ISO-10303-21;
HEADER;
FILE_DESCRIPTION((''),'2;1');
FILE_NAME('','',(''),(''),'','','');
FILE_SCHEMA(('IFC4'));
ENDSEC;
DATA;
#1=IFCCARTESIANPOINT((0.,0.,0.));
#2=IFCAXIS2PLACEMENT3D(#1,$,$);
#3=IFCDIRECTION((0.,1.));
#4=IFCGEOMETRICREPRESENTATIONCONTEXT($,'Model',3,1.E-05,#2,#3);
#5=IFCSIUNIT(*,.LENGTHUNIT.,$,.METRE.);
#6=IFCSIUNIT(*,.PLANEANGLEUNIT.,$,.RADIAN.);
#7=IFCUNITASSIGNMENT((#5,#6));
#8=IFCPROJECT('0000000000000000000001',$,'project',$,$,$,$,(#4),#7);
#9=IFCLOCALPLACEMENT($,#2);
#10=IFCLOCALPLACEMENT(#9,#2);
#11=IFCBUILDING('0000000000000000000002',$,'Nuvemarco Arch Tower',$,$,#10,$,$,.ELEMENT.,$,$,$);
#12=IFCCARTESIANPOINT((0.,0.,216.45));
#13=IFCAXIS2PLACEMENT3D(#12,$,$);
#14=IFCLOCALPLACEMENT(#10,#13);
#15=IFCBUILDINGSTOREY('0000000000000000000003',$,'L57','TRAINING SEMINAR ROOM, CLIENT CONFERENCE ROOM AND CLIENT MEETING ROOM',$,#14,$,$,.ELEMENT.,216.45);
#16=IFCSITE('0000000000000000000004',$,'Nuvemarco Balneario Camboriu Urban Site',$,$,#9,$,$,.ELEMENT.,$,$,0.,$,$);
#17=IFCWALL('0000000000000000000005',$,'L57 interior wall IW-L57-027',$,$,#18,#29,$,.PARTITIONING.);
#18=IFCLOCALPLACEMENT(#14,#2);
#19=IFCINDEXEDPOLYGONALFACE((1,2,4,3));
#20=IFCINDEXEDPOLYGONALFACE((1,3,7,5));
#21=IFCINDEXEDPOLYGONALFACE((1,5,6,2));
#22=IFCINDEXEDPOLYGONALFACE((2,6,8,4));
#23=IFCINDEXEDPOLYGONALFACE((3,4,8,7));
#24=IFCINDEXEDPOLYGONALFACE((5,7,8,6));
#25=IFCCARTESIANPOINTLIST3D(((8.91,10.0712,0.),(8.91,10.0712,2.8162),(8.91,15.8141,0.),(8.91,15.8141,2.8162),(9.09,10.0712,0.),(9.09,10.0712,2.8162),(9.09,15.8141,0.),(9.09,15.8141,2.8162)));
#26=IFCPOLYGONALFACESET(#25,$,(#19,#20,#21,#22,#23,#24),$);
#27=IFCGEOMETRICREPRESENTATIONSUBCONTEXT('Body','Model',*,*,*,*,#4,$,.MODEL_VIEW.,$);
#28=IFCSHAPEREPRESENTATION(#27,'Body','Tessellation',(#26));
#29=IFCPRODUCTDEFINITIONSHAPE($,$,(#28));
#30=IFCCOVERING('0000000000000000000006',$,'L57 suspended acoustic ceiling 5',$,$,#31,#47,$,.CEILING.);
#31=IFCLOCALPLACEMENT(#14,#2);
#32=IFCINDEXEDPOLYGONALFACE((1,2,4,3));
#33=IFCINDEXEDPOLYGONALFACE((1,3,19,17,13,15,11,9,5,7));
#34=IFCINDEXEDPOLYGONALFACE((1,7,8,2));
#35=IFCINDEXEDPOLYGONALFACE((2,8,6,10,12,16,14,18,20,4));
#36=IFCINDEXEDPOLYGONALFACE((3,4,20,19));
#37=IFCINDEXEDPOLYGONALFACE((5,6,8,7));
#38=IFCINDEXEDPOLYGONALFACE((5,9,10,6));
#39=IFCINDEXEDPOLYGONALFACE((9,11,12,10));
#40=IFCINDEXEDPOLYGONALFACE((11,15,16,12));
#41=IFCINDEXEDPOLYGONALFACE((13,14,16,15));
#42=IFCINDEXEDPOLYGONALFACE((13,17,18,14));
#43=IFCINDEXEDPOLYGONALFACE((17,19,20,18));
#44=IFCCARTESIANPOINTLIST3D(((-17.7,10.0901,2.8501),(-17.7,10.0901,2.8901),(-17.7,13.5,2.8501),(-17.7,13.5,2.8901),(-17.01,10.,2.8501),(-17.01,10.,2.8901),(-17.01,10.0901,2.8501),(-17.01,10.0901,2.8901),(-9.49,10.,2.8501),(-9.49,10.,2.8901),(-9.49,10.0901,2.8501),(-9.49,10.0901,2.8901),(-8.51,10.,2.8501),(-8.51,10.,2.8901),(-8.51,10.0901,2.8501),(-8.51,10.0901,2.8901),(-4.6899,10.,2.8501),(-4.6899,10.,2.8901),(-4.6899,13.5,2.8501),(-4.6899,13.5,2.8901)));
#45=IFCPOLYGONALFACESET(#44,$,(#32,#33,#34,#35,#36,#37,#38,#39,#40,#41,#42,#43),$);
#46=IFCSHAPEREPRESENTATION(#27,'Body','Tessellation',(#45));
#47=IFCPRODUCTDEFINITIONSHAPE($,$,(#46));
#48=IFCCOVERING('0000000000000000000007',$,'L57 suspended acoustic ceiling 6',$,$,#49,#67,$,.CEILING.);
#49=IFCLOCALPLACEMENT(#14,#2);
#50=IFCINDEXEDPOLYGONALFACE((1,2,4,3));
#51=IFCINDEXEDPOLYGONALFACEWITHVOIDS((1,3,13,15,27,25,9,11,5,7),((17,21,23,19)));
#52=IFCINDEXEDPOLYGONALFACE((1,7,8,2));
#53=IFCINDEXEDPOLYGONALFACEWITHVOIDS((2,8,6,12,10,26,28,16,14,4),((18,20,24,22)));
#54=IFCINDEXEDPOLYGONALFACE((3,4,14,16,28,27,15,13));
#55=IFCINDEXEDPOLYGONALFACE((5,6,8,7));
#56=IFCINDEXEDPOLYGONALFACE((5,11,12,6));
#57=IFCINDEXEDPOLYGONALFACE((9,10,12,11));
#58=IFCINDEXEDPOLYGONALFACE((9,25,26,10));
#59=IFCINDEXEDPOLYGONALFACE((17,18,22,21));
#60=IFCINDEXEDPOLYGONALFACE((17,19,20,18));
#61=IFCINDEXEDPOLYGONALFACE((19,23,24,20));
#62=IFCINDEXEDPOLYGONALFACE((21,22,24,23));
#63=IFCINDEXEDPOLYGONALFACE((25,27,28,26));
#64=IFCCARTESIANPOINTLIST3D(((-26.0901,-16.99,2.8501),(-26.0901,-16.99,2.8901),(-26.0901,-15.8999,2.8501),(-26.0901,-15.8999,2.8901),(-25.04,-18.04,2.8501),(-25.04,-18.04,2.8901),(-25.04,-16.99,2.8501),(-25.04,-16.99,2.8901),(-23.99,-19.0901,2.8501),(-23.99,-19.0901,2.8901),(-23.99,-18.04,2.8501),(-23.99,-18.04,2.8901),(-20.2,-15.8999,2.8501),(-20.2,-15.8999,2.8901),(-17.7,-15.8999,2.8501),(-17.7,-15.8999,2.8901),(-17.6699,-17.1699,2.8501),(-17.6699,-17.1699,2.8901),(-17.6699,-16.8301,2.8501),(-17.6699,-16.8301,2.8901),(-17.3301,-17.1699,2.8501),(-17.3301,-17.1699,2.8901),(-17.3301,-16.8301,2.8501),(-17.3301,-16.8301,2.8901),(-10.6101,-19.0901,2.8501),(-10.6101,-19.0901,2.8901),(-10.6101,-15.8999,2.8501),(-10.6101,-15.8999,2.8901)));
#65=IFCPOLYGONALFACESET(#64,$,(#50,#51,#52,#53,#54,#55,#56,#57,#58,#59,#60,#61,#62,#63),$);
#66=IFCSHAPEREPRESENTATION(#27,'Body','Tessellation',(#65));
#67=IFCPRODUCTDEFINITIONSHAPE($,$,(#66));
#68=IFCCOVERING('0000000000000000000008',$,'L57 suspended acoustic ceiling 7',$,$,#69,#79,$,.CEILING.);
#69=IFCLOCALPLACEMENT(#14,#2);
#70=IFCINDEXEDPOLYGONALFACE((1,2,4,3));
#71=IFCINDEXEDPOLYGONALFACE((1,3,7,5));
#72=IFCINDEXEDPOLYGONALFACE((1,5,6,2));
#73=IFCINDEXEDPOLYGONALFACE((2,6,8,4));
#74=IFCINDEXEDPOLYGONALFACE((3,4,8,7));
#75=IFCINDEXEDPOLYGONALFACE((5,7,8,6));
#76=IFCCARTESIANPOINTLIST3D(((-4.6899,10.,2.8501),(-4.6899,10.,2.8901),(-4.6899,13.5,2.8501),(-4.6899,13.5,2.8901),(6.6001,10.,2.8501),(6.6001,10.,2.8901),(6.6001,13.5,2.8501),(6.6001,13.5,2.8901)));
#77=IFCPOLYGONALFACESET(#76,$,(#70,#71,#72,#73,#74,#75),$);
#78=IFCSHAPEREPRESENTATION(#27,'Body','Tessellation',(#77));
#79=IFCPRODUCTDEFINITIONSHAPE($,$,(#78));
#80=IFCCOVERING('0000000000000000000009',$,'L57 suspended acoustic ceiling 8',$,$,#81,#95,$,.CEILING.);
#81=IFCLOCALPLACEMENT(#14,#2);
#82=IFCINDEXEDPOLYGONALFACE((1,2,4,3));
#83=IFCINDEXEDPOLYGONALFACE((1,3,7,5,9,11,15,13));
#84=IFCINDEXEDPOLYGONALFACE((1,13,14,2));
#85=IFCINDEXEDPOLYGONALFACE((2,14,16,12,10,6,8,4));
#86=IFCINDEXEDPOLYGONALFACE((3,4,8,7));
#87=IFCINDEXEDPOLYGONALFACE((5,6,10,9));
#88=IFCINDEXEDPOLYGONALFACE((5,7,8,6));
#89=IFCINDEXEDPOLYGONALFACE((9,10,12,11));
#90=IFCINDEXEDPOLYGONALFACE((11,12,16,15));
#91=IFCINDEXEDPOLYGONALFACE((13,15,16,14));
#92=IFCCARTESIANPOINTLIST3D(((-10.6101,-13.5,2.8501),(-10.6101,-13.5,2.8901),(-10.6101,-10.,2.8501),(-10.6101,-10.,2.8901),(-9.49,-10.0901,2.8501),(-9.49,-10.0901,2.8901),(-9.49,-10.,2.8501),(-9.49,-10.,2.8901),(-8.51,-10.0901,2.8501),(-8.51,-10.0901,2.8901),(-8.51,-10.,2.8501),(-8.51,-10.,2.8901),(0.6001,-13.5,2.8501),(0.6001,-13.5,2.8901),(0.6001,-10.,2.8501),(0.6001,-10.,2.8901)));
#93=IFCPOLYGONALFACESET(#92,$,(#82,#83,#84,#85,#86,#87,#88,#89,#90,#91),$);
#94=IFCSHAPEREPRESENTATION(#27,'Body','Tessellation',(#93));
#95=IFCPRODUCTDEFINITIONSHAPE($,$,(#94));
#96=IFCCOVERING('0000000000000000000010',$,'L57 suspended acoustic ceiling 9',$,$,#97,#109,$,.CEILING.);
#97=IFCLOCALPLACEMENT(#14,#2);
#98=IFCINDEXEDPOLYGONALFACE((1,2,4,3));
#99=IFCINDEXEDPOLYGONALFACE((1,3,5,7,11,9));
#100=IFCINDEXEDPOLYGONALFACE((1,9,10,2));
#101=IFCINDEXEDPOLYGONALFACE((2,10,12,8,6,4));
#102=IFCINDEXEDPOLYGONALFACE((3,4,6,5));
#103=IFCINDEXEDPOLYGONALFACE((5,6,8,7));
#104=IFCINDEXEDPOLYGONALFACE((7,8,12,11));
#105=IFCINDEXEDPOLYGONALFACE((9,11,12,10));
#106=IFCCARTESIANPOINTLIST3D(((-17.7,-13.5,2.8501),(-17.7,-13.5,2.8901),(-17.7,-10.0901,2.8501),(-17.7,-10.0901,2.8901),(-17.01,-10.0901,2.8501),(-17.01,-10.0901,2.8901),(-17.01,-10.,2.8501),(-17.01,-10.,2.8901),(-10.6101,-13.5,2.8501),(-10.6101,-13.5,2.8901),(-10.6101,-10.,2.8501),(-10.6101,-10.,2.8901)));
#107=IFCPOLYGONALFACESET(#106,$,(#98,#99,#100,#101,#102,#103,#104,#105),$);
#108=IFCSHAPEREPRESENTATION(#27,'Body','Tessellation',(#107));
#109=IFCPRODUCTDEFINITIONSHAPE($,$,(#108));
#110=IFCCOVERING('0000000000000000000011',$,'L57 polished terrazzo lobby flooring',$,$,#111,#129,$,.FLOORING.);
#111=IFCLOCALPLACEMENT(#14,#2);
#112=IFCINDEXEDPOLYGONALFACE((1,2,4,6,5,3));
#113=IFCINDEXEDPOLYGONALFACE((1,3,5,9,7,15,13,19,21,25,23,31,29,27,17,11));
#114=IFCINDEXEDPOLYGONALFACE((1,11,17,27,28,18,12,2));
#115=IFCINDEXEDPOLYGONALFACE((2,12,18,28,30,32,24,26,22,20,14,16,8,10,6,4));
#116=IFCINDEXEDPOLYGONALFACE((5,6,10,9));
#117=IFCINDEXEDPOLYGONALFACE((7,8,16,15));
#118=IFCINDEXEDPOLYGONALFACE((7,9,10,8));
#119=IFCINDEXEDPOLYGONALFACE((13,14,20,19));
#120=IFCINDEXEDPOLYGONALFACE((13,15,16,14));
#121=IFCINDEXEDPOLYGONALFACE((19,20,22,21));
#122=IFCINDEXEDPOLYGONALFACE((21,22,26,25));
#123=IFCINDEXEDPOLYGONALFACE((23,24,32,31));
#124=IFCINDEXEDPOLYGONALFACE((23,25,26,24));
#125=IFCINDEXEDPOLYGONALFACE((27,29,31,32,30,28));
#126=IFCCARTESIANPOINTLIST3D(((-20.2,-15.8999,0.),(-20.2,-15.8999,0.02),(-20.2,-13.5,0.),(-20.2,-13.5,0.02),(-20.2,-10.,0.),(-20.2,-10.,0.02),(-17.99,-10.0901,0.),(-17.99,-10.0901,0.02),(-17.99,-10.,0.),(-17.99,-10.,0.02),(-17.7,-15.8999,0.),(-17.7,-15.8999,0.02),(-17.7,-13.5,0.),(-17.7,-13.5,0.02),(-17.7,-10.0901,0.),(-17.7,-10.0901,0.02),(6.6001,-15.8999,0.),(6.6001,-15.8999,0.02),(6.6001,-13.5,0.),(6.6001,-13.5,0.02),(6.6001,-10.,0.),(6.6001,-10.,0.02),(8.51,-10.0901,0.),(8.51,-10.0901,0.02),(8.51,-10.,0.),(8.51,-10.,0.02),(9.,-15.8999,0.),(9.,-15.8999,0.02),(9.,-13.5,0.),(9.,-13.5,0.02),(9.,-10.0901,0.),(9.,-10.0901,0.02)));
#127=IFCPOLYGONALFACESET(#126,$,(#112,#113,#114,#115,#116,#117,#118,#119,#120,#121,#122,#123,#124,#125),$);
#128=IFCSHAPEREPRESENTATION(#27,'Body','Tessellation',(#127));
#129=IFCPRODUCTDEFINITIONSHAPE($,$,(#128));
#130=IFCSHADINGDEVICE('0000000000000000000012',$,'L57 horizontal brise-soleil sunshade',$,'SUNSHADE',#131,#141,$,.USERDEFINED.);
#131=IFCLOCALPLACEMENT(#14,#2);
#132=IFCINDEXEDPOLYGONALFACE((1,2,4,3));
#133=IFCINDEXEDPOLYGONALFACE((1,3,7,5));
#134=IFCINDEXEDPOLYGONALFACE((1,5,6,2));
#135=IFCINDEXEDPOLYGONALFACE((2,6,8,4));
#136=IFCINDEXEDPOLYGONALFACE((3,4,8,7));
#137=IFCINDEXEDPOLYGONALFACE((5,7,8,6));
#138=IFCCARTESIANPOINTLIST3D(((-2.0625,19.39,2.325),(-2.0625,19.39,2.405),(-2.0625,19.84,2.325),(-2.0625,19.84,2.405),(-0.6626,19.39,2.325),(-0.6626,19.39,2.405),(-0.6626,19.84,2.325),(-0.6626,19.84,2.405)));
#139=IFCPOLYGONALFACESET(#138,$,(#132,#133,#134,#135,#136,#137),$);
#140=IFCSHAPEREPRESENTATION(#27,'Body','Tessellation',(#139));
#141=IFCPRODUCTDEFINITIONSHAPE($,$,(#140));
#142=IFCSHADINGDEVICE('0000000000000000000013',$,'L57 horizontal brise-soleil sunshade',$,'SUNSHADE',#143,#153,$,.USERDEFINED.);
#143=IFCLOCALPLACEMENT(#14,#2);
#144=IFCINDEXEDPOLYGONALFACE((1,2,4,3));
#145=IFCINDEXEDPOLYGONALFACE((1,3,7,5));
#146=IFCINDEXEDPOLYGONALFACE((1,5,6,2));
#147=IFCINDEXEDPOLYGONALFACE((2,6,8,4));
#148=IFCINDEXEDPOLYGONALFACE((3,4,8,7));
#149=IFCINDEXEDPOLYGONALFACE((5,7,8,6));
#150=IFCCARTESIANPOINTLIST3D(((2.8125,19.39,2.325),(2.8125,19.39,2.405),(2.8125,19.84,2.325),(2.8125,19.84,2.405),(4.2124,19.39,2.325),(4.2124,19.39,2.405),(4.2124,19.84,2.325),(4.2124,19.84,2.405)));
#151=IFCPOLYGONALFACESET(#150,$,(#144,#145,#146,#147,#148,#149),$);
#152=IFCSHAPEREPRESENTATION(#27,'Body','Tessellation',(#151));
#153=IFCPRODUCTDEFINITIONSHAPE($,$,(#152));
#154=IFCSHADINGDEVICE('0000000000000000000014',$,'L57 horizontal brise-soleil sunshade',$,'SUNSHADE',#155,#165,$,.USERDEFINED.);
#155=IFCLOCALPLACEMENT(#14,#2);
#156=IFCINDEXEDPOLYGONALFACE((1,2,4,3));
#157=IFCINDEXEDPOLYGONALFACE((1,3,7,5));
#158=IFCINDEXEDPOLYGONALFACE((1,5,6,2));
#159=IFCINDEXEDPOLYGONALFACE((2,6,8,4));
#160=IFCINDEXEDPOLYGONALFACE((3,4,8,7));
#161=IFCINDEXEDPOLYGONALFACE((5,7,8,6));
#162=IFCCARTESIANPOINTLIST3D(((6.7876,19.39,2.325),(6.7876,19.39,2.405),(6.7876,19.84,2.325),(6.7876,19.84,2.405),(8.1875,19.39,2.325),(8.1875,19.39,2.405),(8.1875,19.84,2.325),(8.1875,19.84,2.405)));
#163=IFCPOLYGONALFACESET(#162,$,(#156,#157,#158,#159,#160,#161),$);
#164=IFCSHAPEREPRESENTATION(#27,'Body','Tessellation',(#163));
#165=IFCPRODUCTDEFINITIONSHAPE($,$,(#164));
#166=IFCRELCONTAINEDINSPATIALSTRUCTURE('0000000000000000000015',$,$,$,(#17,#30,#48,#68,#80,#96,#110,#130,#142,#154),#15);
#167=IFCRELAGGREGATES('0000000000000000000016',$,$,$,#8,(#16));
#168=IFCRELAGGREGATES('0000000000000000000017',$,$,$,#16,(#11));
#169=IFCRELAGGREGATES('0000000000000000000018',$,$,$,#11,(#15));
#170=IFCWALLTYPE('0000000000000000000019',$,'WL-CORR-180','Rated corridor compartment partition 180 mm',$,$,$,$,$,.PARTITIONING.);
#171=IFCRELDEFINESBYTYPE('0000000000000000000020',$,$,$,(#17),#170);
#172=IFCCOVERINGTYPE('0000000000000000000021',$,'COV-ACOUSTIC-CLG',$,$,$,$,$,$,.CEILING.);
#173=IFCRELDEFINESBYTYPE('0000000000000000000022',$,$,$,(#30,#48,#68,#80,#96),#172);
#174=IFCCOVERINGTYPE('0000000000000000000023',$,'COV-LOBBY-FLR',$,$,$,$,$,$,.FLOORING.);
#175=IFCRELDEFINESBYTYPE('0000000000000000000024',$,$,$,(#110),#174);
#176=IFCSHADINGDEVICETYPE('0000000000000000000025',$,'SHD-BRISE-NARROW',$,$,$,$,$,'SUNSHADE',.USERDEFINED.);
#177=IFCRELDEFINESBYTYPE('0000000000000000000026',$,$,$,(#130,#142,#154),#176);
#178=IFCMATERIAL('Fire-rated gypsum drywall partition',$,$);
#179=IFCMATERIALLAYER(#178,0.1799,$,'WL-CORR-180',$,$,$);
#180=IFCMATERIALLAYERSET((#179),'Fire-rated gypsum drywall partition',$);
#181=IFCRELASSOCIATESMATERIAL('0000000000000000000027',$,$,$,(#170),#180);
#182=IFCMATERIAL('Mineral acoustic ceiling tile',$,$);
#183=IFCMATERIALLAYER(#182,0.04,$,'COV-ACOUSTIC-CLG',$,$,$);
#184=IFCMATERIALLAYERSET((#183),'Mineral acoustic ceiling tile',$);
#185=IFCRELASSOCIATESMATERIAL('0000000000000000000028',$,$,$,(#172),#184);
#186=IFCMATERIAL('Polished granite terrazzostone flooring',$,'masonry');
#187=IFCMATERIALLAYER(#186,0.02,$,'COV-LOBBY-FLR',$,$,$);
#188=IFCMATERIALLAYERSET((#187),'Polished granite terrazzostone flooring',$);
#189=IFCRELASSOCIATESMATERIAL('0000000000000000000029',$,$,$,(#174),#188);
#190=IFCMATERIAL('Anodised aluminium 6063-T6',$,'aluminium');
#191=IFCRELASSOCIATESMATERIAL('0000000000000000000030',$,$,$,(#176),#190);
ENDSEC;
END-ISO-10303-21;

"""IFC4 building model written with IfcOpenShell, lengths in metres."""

from ifc_helpers import new_model, si_unit, direction, frame, frame_2d, origin, origin_2d, place, context, subcontext, project, spatial, polyline, rectangle, outline, extrude, source, transform, mapped, material, layer, layer_set, type_object, type_shapes, element, save


model = new_model("IFC4")

# Units and contexts
model_context = context("Model", 3, precision=1e-05, world=origin(), true_north=direction((0.0, 1.0)))
body_context = subcontext(model_context, "Body", "Model", "MODEL_VIEW")
ifc_project = project(units=[si_unit("LENGTHUNIT", "METRE"), si_unit("PLANEANGLEUNIT", "RADIAN")], contexts=[model_context])

# Site, building, storey
site_placement = place(None, origin())
site = spatial("IfcSite", under=ifc_project, at=site_placement, Name="Nuvemarco Balneario Camboriu Urban Site", CompositionType="ELEMENT", RefElevation=0.0)
building_placement = place(site_placement, origin())
building = spatial("IfcBuilding", under=site, at=building_placement, Name="Nuvemarco Arch Tower", CompositionType="ELEMENT")
storey_placement = place(building_placement, frame((0.0, 0.0, 216.45)))
storey = spatial("IfcBuildingStorey", under=building, at=storey_placement, Name="L57", Description="TRAINING SEMINAR ROOM, CLIENT CONFERENCE ROOM AND CLIENT MEETING ROOM", CompositionType="ELEMENT", Elevation=216.45)

# Shared definitions
ifc_material_1 = material(Name="Fire-rated gypsum drywall partition")
ifc_layer_1 = layer(ifc_material_1, 0.1799, Name="WL-CORR-180")
ifc_layer_set_1 = layer_set([ifc_layer_1], Name="Fire-rated gypsum drywall partition")
wall_type_1 = type_object("IfcWallType", Name="WL-CORR-180", Description="Rated corridor compartment partition 180 mm", PredefinedType="PARTITIONING", material=ifc_layer_set_1)

# Wall
wall_1_placement = place(storey_placement, frame((9.0, 10.071, 0.0), z_axis=(0.0, 0.0, 1.0), x_axis=(0.0, 1.0, 0.0)))
element("IfcWall", 1, at=wall_1_placement, inside=storey, type_object=wall_type_1, Name="L57 interior wall IW-L57-027", PredefinedType="PARTITIONING", context=body_context, shape_type="SweptSolid", body=[
    extrude(rectangle(XDim=5.7429, YDim=0.1799, at=frame_2d((2.8716, 0.0))), origin(), (0.0, 0.0, 1.0), 2.8162),
])

# Coverings
ifc_material_2 = material(Name="Mineral acoustic ceiling tile")
ifc_layer_2 = layer(ifc_material_2, 0.04, Name="COV-ACOUSTIC-CLG")
ifc_layer_set_2 = layer_set([ifc_layer_2], Name="Mineral acoustic ceiling tile")
covering_type_1 = type_object("IfcCoveringType", Name="COV-ACOUSTIC-CLG", PredefinedType="CEILING", material=ifc_layer_set_2)
covering_1_placement = place(storey_placement, frame((0.0, 0.0, 2.8501)))
element("IfcCovering", 2, at=covering_1_placement, inside=storey, type_object=covering_type_1, Name="L57 suspended acoustic ceiling 5", PredefinedType="CEILING", context=body_context, shape_type="SweptSolid", body=[
    extrude(outline(polyline([(-4.6899, 13.5), (-4.6899, 10.0), (-8.51, 10.0), (-8.51, 10.0901), (-9.49, 10.0901), (-9.49, 10.0), (-17.01, 10.0), (-17.01, 10.0901), (-17.7, 10.0901), (-17.7, 13.5), (-4.6899, 13.5)])), origin(), (0.0, 0.0, 1.0), 0.04),
])
covering_2_placement = place(storey_placement, frame((0.0, 0.0, 2.8501)))
element("IfcCovering", 3, at=covering_2_placement, inside=storey, type_object=covering_type_1, Name="L57 suspended acoustic ceiling 6", PredefinedType="CEILING", context=body_context, shape_type="SweptSolid", body=[
    extrude(outline(polyline([(-26.0901, -16.99), (-26.0901, -15.8999), (-20.2, -15.8999), (-17.7, -15.8999), (-10.6101, -15.8999), (-10.6101, -19.0901), (-23.99, -19.0901), (-23.99, -18.04), (-25.04, -18.04), (-25.04, -16.99), (-26.0901, -16.99)]), holes=[polyline([(-17.3301, -16.8301), (-17.6699, -16.8301), (-17.6699, -17.1699), (-17.3301, -17.1699), (-17.3301, -16.8301)])]), origin(), (0.0, 0.0, 1.0), 0.04),
])
covering_3_placement = place(storey_placement, frame((0.0, 0.0, 2.8501)))
element("IfcCovering", 4, at=covering_3_placement, inside=storey, type_object=covering_type_1, Name="L57 suspended acoustic ceiling 7", PredefinedType="CEILING", context=body_context, shape_type="SweptSolid", body=[
    extrude(outline(polyline([(-4.6899, 13.5), (6.6001, 13.5), (6.6001, 10.0), (-4.6899, 10.0), (-4.6899, 13.5)])), origin(), (0.0, 0.0, 1.0), 0.04),
])
covering_4_placement = place(storey_placement, frame((0.0, 0.0, 2.8501)))
element("IfcCovering", 5, at=covering_4_placement, inside=storey, type_object=covering_type_1, Name="L57 suspended acoustic ceiling 8", PredefinedType="CEILING", context=body_context, shape_type="SweptSolid", body=[
    extrude(outline(polyline([(0.6001, -13.5), (-10.6101, -13.5), (-10.6101, -10.0), (-9.49, -10.0), (-9.49, -10.0901), (-8.51, -10.0901), (-8.51, -10.0), (0.6001, -10.0), (0.6001, -13.5)])), origin(), (0.0, 0.0, 1.0), 0.04),
])
covering_5_placement = place(storey_placement, frame((0.0, 0.0, 2.8501)))
element("IfcCovering", 6, at=covering_5_placement, inside=storey, type_object=covering_type_1, Name="L57 suspended acoustic ceiling 9", PredefinedType="CEILING", context=body_context, shape_type="SweptSolid", body=[
    extrude(outline(polyline([(-10.6101, -13.5), (-17.7, -13.5), (-17.7, -10.0901), (-17.01, -10.0901), (-17.01, -10.0), (-10.6101, -10.0), (-10.6101, -13.5)])), origin(), (0.0, 0.0, 1.0), 0.04),
])
ifc_material_3 = material(Name="Polished granite terrazzostone flooring", Category="masonry")
ifc_layer_3 = layer(ifc_material_3, 0.02, Name="COV-LOBBY-FLR")
ifc_layer_set_3 = layer_set([ifc_layer_3], Name="Polished granite terrazzostone flooring")
covering_type_2 = type_object("IfcCoveringType", Name="COV-LOBBY-FLR", PredefinedType="FLOORING", material=ifc_layer_set_3)
covering_6_placement = place(storey_placement, origin())
element("IfcCovering", 7, at=covering_6_placement, inside=storey, type_object=covering_type_2, Name="L57 polished terrazzo lobby flooring", PredefinedType="FLOORING", context=body_context, shape_type="SweptSolid", body=[
    extrude(outline(polyline([(-20.2, -10.0), (-17.99, -10.0), (-17.99, -10.0901), (-17.7, -10.0901), (-17.7, -13.5), (6.6001, -13.5), (6.6001, -10.0), (8.51, -10.0), (8.51, -10.0901), (9.0, -10.0901), (9.0, -13.5), (9.0, -15.8999), (6.6001, -15.8999), (-17.7, -15.8999), (-20.2, -15.8999), (-20.2, -13.5), (-20.2, -10.0)])), origin(), (0.0, 0.0, 1.0), 0.02),
])

# Shading devices
ifc_material_4 = material(Name="Anodised aluminium 6063-T6", Category="aluminium")
shading_device_type = type_object("IfcShadingDeviceType", Name="SHD-BRISE-NARROW", ElementType="SUNSHADE", PredefinedType="USERDEFINED", material=ifc_material_4)
shared_shape_1 = source(origin(), body_context, "Body", "SweptSolid", [
    extrude(rectangle(XDim=1.3999, YDim=0.45, at=origin_2d()), origin(), (0.0, 0.0, 1.0), 0.0801),
])
type_shapes(shading_device_type, [shared_shape_1])
for number, where, z_axis, x_axis, name in (
    (8, (-1.3625, 19.615, 2.325), (0.0, 0.0, 1.0), (1.0, 0.0, 0.0), "L57 horizontal brise-soleil sunshade"),
    (9, (3.5125, 19.615, 2.325), (0.0, 0.0, 1.0), (1.0, 0.0, 0.0), "L57 horizontal brise-soleil sunshade"),
    (10, (7.4875, 19.615, 2.325), (0.0, 0.0, 1.0), (1.0, 0.0, 0.0), "L57 horizontal brise-soleil sunshade"),
):
    element("IfcShadingDevice", number, at=place(storey_placement, frame(where, z_axis=z_axis, x_axis=x_axis)), inside=storey, type_object=shading_device_type, Name=name, ObjectType="SUNSHADE", PredefinedType="USERDEFINED", context=body_context, shape_type="MappedRepresentation", body=[
        mapped(shared_shape_1, transform((0.0, 0.0, 0.0), scale=1.0)),
    ])

save(model, "model.ifc")
